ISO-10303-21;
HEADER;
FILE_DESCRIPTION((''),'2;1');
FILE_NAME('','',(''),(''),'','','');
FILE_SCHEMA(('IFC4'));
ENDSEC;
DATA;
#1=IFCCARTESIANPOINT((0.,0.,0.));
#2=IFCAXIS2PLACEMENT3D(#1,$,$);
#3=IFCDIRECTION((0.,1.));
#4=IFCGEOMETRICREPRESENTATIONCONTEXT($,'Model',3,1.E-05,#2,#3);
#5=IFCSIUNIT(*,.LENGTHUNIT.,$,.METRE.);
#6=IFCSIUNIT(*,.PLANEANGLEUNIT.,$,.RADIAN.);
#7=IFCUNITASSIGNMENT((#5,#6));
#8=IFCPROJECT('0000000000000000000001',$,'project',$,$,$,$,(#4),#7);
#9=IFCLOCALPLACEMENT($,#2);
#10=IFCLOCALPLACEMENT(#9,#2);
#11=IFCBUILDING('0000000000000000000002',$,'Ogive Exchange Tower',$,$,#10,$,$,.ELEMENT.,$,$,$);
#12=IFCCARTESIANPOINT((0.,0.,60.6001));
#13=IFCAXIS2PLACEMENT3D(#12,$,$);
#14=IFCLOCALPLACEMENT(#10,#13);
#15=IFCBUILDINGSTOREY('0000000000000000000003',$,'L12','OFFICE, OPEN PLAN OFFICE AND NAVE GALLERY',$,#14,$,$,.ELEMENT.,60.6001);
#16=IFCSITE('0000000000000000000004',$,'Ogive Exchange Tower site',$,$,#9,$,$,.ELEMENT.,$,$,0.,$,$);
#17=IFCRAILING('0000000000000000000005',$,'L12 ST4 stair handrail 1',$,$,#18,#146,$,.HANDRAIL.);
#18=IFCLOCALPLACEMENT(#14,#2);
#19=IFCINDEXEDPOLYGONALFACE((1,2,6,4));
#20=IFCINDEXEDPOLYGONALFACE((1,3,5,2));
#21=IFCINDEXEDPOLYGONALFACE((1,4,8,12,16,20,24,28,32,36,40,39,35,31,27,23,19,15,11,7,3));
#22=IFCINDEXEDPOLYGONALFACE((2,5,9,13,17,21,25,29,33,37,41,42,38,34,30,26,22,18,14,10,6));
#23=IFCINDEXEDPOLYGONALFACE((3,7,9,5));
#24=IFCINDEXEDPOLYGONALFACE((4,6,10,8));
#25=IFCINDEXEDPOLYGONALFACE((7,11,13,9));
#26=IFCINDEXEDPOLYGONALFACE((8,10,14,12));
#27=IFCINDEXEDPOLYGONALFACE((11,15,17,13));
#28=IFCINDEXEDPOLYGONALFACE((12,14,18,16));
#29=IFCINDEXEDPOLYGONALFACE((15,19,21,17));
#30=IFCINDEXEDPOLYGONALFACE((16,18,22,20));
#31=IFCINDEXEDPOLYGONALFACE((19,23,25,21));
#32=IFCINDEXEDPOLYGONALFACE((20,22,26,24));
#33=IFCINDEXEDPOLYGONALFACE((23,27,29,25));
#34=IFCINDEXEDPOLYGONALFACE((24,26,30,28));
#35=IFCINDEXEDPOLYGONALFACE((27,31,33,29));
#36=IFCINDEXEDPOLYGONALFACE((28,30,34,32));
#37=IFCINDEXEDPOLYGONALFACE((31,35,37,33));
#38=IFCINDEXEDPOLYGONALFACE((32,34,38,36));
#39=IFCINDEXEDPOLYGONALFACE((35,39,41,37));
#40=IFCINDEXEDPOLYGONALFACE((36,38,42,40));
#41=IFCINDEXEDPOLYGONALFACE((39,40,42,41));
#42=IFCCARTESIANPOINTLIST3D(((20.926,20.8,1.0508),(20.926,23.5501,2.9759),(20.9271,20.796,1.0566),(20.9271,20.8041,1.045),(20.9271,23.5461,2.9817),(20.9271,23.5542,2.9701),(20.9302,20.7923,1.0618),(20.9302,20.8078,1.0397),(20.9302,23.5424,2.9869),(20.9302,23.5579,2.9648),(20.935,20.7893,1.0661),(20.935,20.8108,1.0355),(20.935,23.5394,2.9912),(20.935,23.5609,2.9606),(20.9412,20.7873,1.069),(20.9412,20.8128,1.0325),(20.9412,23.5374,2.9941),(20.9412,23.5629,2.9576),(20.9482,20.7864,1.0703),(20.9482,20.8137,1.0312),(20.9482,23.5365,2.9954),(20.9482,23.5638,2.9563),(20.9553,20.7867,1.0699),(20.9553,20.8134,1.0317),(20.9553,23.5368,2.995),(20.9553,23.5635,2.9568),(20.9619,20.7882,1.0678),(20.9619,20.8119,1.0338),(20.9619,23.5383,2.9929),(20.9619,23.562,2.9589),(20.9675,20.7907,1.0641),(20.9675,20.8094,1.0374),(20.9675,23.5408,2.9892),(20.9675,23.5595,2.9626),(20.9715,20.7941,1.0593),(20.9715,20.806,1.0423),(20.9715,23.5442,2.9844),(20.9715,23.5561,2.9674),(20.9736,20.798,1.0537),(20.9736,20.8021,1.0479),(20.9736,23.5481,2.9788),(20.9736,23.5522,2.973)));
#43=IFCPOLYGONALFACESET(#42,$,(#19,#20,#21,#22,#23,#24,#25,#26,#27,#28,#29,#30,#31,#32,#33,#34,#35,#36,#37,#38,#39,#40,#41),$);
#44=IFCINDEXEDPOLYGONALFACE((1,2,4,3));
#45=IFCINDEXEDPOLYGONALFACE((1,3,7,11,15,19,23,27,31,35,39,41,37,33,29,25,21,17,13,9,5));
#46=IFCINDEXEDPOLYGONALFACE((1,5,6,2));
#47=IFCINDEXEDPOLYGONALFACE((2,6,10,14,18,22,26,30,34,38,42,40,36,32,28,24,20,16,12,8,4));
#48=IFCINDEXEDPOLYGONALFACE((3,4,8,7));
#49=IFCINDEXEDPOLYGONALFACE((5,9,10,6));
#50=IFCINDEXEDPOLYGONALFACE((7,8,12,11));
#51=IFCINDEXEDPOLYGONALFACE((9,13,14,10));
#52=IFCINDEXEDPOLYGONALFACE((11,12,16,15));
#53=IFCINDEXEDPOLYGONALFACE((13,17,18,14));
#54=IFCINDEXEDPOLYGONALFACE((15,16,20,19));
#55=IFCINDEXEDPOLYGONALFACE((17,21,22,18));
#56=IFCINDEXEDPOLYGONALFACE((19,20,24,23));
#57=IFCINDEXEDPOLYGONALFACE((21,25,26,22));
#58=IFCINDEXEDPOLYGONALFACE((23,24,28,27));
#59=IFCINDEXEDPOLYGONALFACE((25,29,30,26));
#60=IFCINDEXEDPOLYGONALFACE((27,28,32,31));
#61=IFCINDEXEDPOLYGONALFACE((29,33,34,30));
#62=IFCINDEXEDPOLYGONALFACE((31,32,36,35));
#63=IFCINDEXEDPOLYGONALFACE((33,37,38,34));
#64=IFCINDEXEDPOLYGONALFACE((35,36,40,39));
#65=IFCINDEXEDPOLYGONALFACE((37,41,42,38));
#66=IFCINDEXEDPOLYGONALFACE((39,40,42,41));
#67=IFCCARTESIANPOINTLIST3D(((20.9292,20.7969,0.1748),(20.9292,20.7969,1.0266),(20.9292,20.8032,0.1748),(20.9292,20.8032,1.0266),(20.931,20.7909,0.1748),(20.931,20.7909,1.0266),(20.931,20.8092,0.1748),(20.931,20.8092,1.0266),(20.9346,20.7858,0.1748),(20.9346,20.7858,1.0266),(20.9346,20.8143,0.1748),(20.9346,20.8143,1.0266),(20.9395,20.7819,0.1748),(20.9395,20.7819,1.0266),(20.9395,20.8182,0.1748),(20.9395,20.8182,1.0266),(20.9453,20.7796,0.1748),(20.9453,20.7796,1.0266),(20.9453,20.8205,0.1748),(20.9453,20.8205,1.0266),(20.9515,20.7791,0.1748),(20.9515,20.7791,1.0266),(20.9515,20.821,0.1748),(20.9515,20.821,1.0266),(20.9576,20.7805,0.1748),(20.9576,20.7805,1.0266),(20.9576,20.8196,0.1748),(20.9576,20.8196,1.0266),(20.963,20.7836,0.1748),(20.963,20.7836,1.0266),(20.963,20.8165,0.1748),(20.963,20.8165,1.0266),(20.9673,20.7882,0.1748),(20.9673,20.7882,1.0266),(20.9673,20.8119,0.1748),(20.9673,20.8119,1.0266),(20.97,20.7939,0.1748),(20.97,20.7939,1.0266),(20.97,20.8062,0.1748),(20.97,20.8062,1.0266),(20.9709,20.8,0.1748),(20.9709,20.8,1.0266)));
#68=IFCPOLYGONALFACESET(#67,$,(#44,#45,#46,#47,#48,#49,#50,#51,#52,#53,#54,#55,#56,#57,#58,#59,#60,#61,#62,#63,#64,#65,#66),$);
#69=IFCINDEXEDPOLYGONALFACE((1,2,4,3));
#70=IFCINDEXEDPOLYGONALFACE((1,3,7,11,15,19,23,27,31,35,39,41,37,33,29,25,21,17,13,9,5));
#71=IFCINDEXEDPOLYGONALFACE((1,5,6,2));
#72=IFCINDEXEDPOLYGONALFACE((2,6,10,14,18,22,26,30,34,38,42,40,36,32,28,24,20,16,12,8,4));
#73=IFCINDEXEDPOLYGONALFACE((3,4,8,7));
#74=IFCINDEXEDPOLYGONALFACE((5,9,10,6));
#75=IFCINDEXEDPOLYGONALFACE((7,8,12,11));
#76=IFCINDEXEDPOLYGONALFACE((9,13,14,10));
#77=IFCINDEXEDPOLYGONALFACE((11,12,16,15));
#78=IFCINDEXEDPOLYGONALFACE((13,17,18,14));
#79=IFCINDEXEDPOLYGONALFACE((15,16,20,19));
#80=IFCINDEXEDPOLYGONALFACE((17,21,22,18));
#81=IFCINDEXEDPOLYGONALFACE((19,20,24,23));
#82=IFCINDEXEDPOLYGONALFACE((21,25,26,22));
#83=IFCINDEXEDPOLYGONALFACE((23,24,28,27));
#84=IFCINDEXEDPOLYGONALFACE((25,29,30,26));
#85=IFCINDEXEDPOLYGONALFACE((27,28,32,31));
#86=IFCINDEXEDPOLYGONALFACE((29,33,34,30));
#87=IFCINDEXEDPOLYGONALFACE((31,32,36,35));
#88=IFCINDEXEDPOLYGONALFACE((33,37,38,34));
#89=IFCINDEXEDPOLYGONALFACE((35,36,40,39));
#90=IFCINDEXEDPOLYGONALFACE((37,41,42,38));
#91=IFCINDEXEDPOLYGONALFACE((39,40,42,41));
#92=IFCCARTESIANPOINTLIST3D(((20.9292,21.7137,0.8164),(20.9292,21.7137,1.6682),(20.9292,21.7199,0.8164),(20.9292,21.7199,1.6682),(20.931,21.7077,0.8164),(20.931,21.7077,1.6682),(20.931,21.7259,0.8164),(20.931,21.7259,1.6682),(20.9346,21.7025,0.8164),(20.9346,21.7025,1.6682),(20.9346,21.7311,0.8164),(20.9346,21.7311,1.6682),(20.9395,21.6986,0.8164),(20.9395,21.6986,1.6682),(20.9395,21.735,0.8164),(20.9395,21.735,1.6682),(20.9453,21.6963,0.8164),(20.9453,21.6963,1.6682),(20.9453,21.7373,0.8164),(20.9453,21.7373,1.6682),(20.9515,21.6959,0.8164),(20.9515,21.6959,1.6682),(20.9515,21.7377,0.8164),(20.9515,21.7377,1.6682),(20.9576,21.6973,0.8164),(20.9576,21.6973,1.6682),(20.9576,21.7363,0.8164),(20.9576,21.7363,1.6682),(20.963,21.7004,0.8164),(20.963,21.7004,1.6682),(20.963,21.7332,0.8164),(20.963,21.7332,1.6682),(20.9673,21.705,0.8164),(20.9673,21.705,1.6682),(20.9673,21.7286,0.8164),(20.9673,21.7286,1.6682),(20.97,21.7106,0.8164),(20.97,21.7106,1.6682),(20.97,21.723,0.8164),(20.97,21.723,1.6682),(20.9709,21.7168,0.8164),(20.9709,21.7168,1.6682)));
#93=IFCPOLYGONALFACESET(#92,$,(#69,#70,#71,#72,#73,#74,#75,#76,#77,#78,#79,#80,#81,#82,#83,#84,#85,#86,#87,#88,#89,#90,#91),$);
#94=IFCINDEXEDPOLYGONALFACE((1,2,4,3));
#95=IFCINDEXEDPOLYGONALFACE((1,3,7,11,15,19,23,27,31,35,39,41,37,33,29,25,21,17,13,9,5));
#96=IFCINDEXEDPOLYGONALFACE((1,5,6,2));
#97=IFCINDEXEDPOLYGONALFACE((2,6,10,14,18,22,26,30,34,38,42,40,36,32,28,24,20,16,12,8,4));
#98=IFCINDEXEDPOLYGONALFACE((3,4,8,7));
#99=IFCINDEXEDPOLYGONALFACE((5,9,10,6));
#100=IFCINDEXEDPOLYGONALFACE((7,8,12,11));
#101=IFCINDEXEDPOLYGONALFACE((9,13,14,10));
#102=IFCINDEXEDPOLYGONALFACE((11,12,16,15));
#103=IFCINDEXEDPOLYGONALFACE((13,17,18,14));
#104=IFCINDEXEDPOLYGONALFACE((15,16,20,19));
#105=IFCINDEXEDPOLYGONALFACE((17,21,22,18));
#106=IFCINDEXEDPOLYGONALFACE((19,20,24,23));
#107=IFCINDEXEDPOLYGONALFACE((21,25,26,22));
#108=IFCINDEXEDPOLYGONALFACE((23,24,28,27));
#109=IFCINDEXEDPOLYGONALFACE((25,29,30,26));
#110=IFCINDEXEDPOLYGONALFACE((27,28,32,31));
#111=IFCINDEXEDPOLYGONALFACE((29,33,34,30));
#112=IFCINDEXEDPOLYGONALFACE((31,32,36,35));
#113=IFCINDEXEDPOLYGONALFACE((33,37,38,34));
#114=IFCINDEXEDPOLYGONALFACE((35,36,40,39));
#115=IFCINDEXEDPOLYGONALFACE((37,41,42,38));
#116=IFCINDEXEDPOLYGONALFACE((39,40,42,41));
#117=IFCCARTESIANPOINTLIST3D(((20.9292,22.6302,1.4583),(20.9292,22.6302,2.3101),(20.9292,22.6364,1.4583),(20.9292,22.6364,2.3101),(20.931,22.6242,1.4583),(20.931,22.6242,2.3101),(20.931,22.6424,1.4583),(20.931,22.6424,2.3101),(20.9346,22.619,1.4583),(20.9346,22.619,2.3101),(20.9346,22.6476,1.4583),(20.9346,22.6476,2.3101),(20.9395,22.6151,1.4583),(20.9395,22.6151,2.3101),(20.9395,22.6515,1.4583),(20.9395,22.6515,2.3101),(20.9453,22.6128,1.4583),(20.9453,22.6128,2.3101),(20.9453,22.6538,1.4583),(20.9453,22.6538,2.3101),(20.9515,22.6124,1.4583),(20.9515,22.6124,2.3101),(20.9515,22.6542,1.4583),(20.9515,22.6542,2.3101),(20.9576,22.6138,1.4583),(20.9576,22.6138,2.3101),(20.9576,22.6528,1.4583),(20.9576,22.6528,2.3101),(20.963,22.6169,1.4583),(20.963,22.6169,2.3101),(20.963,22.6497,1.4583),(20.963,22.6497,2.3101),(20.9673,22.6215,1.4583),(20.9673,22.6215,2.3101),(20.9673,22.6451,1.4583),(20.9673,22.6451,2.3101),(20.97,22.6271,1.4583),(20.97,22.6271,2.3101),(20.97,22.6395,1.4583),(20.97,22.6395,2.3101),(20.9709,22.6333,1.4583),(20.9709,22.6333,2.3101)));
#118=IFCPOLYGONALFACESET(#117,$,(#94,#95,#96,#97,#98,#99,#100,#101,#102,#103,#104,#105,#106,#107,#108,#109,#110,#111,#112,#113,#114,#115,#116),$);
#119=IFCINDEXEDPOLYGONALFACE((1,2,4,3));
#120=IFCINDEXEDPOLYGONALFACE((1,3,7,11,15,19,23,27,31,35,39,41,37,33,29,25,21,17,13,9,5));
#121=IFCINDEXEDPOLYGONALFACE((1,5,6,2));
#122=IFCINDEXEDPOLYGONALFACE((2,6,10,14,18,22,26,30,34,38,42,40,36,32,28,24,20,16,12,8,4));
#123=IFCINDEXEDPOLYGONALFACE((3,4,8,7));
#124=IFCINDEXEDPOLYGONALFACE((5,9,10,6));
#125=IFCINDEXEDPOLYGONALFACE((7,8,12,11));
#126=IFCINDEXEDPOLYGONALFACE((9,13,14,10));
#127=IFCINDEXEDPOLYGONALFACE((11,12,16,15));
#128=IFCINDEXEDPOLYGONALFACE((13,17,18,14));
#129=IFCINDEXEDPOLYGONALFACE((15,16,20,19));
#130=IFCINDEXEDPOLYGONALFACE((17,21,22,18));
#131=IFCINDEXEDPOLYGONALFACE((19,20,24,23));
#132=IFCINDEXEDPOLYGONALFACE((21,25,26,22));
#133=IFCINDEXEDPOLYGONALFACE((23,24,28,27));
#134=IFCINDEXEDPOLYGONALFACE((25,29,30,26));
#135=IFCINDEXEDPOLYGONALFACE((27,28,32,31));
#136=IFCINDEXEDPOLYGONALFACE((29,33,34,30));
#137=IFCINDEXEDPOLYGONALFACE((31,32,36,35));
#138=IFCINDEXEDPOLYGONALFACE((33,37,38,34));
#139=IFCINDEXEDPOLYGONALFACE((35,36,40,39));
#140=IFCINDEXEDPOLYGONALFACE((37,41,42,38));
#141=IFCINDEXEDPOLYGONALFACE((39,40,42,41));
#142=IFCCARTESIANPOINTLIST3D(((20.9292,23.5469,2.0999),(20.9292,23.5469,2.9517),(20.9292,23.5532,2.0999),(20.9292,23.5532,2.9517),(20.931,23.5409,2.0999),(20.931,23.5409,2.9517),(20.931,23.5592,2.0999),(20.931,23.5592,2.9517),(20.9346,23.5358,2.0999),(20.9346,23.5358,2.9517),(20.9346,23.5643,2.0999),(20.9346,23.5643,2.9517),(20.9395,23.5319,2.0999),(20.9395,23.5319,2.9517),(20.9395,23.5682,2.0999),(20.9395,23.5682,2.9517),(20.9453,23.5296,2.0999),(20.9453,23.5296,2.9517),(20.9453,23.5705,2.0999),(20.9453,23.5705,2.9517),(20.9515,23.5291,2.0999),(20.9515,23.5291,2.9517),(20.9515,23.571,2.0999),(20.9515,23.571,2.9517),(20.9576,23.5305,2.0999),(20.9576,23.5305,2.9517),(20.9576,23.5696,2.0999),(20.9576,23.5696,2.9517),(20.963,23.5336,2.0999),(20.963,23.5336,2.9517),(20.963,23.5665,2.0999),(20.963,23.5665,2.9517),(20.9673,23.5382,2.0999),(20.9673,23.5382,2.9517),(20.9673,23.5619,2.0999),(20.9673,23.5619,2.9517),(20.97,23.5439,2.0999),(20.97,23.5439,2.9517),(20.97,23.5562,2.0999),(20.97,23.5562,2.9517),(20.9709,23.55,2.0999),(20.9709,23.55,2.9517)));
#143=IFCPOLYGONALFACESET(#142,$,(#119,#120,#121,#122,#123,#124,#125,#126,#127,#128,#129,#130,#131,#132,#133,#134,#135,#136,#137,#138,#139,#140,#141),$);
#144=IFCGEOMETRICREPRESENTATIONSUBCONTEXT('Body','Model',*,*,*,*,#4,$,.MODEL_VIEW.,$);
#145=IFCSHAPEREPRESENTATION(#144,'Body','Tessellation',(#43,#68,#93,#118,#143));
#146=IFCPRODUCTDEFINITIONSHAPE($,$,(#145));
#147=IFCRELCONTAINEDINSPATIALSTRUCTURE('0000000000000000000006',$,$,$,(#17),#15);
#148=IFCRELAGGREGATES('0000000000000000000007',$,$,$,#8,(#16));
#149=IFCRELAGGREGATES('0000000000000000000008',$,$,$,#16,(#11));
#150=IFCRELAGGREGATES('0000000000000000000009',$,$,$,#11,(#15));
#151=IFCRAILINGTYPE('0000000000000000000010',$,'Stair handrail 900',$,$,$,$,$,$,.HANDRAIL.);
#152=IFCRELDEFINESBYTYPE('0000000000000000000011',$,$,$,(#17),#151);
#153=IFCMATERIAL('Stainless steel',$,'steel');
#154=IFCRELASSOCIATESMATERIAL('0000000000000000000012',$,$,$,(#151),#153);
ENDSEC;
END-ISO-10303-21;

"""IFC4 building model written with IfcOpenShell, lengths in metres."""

from ifc_helpers import new_model, si_unit, direction, frame, origin, origin_2d, place, context, subcontext, project, spatial, circle, extrude, material, type_object, element, save


model = new_model("IFC4")

# Units and contexts
model_context = context("Model", 3, precision=1e-05, world=origin(), true_north=direction((0.0, 1.0)))
body_context = subcontext(model_context, "Body", "Model", "MODEL_VIEW")
ifc_project = project(units=[si_unit("LENGTHUNIT", "METRE"), si_unit("PLANEANGLEUNIT", "RADIAN")], contexts=[model_context])

# Site, building, storey
site_placement = place(None, origin())
site = spatial("IfcSite", under=ifc_project, at=site_placement, Name="Ogive Exchange Tower site", CompositionType="ELEMENT", RefElevation=0.0)
building_placement = place(site_placement, origin())
building = spatial("IfcBuilding", under=site, at=building_placement, Name="Ogive Exchange Tower", CompositionType="ELEMENT")
storey_placement = place(building_placement, frame((0.0, 0.0, 60.6001)))
storey = spatial("IfcBuildingStorey", under=building, at=storey_placement, Name="L12", Description="OFFICE, OPEN PLAN OFFICE AND NAVE GALLERY", CompositionType="ELEMENT", Elevation=60.6001)

# Railing
ifc_material_1 = material(Name="Stainless steel", Category="steel")
railing_type = type_object("IfcRailingType", Name="Stair handrail 900", PredefinedType="HANDRAIL", material=ifc_material_1)
railing_1_placement = place(storey_placement, frame((20.95, 20.8, 0.1748)))
element("IfcRailing", 1, at=railing_1_placement, inside=storey, type_object=railing_type, Name="L12 ST4 stair handrail 1", PredefinedType="HANDRAIL", context=body_context, shape_type="SweptSolid", body=[
    extrude(circle(Radius=0.0239, at=origin_2d()), frame((0.0, 0.0, 0.876), z_axis=(0.0, 0.819225, 0.573472), x_axis=(-1.0, 0.0, 0.0)), (0.0, 0.0, 1.0), 3.3569),
    extrude(circle(Radius=0.021, at=origin_2d()), origin(), (0.0, 0.0, 1.0), 0.8518),
    extrude(circle(Radius=0.021, at=origin_2d()), frame((0.0, 0.9167, 0.6416)), (0.0, 0.0, 1.0), 0.8518),
    extrude(circle(Radius=0.021, at=origin_2d()), frame((0.0, 1.8333, 1.2834)), (0.0, 0.0, 1.0), 0.8518),
    extrude(circle(Radius=0.021, at=origin_2d()), frame((0.0, 2.75, 1.925)), (0.0, 0.0, 1.0), 0.8518),
])

save(model, "model.ifc")
